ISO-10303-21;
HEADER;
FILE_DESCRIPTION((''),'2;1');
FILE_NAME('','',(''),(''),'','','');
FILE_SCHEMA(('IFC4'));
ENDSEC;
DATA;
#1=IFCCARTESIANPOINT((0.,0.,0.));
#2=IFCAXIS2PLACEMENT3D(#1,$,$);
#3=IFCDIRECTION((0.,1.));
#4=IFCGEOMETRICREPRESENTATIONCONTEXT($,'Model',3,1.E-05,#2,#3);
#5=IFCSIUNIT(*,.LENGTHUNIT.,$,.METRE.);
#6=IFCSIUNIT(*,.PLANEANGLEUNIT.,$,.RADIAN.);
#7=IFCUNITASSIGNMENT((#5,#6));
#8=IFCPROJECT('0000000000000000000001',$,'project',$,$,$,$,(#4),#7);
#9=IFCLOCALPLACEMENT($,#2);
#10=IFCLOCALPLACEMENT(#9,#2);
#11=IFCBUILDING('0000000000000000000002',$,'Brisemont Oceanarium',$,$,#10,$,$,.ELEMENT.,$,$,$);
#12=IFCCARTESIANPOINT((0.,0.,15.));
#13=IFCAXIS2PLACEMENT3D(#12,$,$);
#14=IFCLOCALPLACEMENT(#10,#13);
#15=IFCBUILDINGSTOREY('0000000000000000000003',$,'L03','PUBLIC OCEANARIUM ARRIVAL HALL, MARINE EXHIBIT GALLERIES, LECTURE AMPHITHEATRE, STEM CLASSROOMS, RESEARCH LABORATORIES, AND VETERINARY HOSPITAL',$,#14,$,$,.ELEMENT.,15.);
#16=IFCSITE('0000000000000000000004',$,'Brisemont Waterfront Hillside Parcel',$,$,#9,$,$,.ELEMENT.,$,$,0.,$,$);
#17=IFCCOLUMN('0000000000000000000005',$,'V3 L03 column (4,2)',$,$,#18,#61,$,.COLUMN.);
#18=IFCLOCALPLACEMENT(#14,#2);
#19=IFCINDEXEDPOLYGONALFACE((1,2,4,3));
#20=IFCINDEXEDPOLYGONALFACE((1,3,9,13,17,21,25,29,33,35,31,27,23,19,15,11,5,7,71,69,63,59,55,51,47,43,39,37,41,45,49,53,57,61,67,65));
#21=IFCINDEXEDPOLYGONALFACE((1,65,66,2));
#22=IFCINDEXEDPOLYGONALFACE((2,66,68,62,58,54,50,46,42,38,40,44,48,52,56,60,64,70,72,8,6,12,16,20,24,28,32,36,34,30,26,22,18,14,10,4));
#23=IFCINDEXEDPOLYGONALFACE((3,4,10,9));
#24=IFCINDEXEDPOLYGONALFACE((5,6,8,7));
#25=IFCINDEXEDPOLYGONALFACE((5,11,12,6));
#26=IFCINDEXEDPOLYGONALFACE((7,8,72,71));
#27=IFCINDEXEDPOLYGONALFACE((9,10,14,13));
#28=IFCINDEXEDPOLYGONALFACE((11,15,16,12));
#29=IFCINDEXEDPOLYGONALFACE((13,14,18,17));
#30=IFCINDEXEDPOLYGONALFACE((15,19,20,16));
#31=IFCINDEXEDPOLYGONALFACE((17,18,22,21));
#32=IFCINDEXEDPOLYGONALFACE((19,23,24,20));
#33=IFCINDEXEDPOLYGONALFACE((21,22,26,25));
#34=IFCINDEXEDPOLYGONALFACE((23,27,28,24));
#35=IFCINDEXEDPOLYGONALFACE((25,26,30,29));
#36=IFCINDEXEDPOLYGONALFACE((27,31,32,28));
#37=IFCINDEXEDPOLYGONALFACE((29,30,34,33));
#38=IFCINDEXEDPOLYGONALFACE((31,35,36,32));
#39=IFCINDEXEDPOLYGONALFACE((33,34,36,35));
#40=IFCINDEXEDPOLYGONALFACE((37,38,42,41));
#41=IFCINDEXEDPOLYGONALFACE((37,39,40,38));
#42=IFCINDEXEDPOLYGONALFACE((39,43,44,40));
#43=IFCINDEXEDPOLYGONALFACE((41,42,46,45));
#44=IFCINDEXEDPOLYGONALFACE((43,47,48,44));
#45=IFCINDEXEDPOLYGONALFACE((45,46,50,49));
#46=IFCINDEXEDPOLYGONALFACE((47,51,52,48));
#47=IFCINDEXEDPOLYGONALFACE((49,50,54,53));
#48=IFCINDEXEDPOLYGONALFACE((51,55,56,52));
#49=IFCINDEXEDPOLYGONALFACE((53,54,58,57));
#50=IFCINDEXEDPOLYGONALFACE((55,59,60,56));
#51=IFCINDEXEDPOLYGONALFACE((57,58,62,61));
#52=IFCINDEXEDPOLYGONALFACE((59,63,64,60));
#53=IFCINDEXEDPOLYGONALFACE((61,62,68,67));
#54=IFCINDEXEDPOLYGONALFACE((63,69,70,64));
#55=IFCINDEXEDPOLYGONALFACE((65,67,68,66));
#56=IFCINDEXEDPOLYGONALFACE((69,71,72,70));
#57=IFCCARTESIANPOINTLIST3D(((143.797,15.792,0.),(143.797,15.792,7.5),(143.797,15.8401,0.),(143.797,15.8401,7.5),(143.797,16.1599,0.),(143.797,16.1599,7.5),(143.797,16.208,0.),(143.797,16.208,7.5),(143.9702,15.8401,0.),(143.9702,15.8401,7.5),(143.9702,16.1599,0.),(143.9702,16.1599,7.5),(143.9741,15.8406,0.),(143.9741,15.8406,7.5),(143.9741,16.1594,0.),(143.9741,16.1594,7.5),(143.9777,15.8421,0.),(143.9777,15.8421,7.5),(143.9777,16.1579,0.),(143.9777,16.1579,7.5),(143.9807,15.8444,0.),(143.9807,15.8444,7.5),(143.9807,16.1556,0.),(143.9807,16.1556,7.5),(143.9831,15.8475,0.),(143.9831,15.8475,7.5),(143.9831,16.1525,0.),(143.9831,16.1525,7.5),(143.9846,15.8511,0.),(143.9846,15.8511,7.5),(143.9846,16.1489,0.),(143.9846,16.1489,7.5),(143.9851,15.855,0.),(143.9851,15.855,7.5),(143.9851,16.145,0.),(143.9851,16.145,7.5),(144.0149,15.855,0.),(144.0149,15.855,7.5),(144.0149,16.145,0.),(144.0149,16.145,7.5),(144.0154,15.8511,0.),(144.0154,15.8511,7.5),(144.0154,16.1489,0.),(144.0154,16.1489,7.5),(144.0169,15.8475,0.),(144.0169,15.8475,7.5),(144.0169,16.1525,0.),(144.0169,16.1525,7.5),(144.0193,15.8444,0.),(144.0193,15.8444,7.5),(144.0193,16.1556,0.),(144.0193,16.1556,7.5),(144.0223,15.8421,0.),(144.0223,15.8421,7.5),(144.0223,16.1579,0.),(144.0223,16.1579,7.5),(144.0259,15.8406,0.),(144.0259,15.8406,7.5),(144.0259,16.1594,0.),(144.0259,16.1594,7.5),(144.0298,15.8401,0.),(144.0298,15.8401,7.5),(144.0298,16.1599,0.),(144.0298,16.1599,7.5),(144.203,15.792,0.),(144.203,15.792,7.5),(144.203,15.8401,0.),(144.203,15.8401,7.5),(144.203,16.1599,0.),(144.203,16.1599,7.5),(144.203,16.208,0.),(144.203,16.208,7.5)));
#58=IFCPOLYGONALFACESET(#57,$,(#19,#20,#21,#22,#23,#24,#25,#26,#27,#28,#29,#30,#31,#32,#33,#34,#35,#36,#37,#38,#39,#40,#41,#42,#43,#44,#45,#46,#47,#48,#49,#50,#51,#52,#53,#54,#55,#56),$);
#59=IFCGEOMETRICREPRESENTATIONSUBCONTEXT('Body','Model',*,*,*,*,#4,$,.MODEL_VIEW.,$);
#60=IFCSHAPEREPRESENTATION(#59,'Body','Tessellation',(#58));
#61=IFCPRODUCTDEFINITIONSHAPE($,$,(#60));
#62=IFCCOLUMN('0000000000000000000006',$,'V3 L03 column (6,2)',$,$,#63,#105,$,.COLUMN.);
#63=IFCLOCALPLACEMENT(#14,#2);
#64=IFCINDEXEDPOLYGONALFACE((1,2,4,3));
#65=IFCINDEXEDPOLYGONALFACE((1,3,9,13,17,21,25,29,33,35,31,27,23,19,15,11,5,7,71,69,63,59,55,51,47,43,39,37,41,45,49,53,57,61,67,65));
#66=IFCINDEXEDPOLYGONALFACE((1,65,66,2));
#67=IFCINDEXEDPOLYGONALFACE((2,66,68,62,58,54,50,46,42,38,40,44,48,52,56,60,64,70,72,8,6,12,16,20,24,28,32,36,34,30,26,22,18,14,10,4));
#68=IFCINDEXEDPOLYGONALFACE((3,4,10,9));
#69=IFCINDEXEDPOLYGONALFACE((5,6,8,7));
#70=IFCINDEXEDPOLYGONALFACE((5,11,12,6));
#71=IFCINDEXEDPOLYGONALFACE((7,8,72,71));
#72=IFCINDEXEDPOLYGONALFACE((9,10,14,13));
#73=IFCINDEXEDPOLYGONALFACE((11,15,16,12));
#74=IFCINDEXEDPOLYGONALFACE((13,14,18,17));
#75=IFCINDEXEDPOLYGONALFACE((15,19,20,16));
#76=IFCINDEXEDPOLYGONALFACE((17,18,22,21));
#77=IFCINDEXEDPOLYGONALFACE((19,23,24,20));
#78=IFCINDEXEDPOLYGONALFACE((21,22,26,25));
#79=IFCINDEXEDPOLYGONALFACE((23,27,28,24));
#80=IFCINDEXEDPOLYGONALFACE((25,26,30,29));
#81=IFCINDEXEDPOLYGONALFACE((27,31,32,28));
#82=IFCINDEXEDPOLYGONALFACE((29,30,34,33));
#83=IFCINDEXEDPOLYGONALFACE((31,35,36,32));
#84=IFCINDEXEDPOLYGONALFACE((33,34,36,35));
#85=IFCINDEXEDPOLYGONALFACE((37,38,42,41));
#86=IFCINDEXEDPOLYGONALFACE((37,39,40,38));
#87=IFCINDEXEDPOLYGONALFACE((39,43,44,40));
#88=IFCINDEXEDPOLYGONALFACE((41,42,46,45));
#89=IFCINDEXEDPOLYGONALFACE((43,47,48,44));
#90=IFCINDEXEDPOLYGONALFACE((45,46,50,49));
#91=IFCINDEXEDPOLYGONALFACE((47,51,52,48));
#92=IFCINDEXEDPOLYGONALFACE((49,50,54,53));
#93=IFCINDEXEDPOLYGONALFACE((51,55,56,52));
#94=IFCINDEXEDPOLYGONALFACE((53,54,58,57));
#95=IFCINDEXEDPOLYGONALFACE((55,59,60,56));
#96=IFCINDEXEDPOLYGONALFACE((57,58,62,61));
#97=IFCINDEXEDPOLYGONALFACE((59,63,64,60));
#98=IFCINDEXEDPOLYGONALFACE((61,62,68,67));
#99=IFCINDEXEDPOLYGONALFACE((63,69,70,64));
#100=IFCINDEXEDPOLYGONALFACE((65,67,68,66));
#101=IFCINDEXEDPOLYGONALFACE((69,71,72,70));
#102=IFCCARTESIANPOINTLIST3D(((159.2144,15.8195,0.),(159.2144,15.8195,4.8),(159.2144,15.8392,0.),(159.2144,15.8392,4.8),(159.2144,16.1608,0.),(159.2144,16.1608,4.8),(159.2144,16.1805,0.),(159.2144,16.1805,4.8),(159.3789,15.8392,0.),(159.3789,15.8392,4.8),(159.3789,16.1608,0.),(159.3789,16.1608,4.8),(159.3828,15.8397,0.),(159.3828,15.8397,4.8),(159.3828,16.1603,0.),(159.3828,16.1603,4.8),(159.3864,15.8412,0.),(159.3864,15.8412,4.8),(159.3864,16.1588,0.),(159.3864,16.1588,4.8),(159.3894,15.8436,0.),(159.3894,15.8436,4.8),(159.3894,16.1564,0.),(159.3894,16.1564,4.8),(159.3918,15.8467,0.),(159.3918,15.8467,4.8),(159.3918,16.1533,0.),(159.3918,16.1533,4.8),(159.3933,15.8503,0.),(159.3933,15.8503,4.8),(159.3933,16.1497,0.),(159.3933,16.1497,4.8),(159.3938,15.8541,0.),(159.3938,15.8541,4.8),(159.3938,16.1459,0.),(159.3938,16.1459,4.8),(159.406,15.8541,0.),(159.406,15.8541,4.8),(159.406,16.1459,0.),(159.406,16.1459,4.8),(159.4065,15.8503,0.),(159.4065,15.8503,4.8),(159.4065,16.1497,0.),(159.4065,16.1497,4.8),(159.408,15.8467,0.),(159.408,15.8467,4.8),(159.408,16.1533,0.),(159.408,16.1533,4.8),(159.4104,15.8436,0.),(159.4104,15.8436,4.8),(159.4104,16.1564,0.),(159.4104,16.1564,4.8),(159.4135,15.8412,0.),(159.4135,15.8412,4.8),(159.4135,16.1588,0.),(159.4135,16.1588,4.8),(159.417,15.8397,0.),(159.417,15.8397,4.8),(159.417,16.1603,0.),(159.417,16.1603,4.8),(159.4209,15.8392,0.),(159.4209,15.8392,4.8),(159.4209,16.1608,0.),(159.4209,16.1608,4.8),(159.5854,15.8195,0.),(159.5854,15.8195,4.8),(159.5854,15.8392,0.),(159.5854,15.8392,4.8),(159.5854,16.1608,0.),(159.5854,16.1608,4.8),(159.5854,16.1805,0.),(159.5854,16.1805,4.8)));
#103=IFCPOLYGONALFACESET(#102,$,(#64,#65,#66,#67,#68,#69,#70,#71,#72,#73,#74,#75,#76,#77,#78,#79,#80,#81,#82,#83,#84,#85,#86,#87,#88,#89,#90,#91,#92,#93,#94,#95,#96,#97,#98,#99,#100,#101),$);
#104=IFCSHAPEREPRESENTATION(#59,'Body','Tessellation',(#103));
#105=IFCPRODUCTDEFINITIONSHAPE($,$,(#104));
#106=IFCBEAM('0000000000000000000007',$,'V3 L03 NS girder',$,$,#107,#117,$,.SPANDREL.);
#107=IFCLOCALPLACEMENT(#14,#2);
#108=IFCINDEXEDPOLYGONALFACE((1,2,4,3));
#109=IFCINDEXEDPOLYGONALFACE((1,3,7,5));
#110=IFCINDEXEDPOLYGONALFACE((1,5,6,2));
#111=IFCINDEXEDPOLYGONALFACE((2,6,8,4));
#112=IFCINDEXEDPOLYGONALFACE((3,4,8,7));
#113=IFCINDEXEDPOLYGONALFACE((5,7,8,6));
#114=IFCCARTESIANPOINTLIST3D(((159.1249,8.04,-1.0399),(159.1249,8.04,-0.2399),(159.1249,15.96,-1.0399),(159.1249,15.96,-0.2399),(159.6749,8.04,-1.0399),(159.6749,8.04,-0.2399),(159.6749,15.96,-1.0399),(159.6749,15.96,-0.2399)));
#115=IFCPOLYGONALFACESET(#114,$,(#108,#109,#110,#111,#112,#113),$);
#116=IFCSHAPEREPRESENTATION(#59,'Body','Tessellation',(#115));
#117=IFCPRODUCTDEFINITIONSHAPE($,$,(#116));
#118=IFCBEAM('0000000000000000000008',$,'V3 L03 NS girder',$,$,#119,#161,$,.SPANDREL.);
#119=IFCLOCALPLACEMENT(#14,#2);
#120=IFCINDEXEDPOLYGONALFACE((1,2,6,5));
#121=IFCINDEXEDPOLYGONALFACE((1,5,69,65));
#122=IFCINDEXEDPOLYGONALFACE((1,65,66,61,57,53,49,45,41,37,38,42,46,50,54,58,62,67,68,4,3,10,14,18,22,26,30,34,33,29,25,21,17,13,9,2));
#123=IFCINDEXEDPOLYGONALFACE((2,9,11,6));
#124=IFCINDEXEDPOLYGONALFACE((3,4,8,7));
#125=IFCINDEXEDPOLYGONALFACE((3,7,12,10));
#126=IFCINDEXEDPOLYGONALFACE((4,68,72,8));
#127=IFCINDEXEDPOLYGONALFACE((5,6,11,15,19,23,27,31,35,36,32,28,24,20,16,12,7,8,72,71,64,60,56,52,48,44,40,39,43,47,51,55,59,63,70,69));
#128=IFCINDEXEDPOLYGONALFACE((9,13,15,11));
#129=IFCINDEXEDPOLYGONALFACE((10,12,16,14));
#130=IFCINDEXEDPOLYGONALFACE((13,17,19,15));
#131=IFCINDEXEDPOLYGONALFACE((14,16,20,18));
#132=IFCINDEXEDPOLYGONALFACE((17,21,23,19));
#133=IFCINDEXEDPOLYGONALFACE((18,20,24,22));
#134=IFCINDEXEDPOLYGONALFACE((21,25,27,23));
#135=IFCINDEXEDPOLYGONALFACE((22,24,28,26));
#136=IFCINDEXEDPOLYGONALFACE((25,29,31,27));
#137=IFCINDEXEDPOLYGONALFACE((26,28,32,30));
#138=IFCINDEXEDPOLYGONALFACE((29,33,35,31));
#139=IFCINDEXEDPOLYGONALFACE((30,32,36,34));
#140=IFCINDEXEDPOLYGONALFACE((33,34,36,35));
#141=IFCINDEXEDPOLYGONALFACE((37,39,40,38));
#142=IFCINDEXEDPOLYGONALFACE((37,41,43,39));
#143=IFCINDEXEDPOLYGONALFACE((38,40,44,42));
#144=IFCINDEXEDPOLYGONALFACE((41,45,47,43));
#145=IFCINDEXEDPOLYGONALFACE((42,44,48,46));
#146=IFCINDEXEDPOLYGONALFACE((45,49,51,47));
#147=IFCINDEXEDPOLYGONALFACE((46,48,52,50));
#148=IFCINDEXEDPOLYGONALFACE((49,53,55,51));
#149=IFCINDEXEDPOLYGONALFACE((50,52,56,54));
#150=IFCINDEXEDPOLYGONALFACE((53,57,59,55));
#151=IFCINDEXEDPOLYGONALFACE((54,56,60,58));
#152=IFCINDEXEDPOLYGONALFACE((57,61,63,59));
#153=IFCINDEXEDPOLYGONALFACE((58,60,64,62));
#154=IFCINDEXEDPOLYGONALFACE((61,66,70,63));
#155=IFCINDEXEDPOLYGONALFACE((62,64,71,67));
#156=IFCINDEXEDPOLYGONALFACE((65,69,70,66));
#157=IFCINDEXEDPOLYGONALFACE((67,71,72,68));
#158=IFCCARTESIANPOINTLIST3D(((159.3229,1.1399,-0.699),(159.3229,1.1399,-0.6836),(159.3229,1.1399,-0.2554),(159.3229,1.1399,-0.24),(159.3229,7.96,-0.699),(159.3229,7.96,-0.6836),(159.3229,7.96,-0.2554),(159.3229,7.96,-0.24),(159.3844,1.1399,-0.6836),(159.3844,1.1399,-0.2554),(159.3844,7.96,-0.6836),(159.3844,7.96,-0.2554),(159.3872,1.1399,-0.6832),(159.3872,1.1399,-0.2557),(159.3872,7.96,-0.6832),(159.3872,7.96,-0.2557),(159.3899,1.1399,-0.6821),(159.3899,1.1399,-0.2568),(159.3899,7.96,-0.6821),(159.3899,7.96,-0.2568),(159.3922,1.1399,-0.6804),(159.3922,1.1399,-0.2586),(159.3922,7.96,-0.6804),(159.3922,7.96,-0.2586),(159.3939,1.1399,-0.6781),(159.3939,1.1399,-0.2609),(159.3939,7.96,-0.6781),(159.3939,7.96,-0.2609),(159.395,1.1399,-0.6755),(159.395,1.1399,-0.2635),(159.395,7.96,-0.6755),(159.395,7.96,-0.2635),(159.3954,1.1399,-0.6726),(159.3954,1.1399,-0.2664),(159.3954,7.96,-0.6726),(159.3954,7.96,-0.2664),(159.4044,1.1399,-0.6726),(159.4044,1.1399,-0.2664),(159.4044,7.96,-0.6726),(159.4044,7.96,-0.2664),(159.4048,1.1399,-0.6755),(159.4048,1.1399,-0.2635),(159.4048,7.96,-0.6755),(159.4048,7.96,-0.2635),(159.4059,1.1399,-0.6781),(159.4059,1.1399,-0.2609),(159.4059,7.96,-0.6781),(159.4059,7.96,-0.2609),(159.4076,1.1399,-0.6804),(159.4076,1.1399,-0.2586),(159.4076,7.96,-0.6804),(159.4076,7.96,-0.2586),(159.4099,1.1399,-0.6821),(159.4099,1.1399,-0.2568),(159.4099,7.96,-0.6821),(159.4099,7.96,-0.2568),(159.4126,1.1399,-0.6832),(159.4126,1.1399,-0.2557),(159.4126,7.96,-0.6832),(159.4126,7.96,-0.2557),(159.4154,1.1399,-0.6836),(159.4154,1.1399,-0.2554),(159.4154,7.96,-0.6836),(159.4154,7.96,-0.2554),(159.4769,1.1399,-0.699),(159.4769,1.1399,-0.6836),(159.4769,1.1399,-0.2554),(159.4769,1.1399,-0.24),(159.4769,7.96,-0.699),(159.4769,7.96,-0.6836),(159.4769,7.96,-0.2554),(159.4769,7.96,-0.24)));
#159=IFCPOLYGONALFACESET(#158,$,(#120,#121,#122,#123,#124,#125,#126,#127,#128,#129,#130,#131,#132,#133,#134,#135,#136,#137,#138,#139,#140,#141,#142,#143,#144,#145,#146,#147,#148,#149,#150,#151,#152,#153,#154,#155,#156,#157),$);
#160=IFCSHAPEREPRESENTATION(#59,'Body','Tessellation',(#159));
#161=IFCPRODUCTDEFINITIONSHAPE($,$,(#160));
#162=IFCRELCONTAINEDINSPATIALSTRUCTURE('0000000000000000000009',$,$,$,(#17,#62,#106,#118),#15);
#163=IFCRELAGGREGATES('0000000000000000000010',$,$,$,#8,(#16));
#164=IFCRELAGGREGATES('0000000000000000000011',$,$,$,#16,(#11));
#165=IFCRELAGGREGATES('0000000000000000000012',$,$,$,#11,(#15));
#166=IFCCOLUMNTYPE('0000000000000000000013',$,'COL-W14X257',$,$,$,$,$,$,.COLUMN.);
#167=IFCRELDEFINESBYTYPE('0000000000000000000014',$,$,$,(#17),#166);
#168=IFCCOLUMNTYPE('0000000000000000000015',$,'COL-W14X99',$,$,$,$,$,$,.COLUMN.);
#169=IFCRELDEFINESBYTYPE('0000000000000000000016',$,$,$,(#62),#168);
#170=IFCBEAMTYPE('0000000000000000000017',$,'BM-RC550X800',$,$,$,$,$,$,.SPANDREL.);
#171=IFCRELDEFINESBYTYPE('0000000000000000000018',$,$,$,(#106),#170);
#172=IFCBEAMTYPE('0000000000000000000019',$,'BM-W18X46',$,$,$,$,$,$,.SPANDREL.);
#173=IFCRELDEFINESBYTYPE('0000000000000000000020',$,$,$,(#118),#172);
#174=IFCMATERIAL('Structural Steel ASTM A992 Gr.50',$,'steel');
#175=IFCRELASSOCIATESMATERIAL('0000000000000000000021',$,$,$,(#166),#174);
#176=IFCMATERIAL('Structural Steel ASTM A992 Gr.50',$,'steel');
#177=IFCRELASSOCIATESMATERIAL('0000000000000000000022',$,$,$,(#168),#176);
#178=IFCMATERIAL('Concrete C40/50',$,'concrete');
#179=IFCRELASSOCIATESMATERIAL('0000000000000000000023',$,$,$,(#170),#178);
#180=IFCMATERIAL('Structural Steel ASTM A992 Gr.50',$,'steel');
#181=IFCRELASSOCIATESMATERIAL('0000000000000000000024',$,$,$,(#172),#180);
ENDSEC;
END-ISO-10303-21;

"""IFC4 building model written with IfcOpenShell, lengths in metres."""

from ifc_helpers import new_model, si_unit, direction, frame, origin, origin_2d, place, context, subcontext, project, spatial, rectangle, i_section, extrude, material, material_profile, profile_set, type_object, element, save


model = new_model("IFC4")

# Units and contexts
model_context = context("Model", 3, precision=1e-05, world=origin(), true_north=direction((0.0, 1.0)))
body_context = subcontext(model_context, "Body", "Model", "MODEL_VIEW")
ifc_project = project(units=[si_unit("LENGTHUNIT", "METRE"), si_unit("PLANEANGLEUNIT", "RADIAN")], contexts=[model_context])

# Site, building, storey
site_placement = place(None, origin())
site = spatial("IfcSite", under=ifc_project, at=site_placement, Name="Brisemont Waterfront Hillside Parcel", CompositionType="ELEMENT", RefElevation=0.0)
building_placement = place(site_placement, origin())
building = spatial("IfcBuilding", under=site, at=building_placement, Name="Brisemont Oceanarium", CompositionType="ELEMENT")
storey_placement = place(building_placement, frame((0.0, 0.0, 15.0)))
storey = spatial("IfcBuildingStorey", under=building, at=storey_placement, Name="L03", Description="PUBLIC OCEANARIUM ARRIVAL HALL, MARINE EXHIBIT GALLERIES, LECTURE AMPHITHEATRE, STEM CLASSROOMS, RESEARCH LABORATORIES, AND VETERINARY HOSPITAL", CompositionType="ELEMENT", Elevation=15.0)

# Columns
ifc_material_1 = material(Name="Structural Steel ASTM A992 Gr.50", Category="steel")
ifc_material_profile_1 = material_profile(ifc_material_1, i_section(OverallWidth=0.406, OverallDepth=0.416, WebThickness=0.0298, FlangeThickness=0.0481, FilletRadius=0.0149, at=origin_2d()), Name="W14X257")
ifc_profile_set_1 = profile_set([ifc_material_profile_1], Name="Structural Steel ASTM A992 Gr.50")
column_type_1 = type_object("IfcColumnType", Name="COL-W14X257", PredefinedType="COLUMN", material=ifc_profile_set_1)
column_1_placement = place(storey_placement, frame((144.0, 16.0, 0.0), z_axis=(0.0, 0.0, 1.0), x_axis=(1.0, 0.0, 0.0)))
element("IfcColumn", 1, at=column_1_placement, inside=storey, type_object=column_type_1, Name="V3 L03 column (4,2)", PredefinedType="COLUMN", context=body_context, shape_type="SweptSolid", body=[
    extrude(i_section(OverallWidth=0.406, OverallDepth=0.416, WebThickness=0.0298, FlangeThickness=0.0481, FilletRadius=0.0149, at=origin_2d()), origin(), (0.0, 0.0, 1.0), 7.5),
])
ifc_material_2 = material(Name="Structural Steel ASTM A992 Gr.50", Category="steel")
ifc_material_profile_2 = material_profile(ifc_material_2, i_section(OverallWidth=0.3711, OverallDepth=0.3611, WebThickness=0.0122, FlangeThickness=0.0198, FilletRadius=0.0149, at=origin_2d()), Name="W14X99")
ifc_profile_set_2 = profile_set([ifc_material_profile_2], Name="Structural Steel ASTM A992 Gr.50")
column_type_2 = type_object("IfcColumnType", Name="COL-W14X99", PredefinedType="COLUMN", material=ifc_profile_set_2)
column_2_placement = place(storey_placement, frame((159.3999, 16.0, 0.0), z_axis=(0.0, 0.0, 1.0), x_axis=(1.0, 0.0, 0.0)))
element("IfcColumn", 2, at=column_2_placement, inside=storey, type_object=column_type_2, Name="V3 L03 column (6,2)", PredefinedType="COLUMN", context=body_context, shape_type="SweptSolid", body=[
    extrude(i_section(OverallWidth=0.3711, OverallDepth=0.3611, WebThickness=0.0122, FlangeThickness=0.0198, FilletRadius=0.0149, at=origin_2d()), origin(), (0.0, 0.0, 1.0), 4.8),
])

# Beams
ifc_material_3 = material(Name="Concrete C40/50", Category="concrete")
ifc_material_profile_3 = material_profile(ifc_material_3, rectangle(XDim=0.55, YDim=0.8, at=origin_2d()), Name="RC-BM-550X800")
ifc_profile_set_3 = profile_set([ifc_material_profile_3], Name="Concrete C40/50")
beam_type_1 = type_object("IfcBeamType", Name="BM-RC550X800", PredefinedType="SPANDREL", material=ifc_profile_set_3)
beam_1_placement = place(storey_placement, frame((159.3999, 8.04, -0.6399), z_axis=(0.0, 1.0, 0.0), x_axis=(-1.0, 0.0, 0.0)))
element("IfcBeam", 3, at=beam_1_placement, inside=storey, type_object=beam_type_1, Name="V3 L03 NS girder", PredefinedType="SPANDREL", context=body_context, shape_type="SweptSolid", body=[
    extrude(rectangle(XDim=0.55, YDim=0.8, at=origin_2d()), origin(), (0.0, 0.0, 1.0), 7.9199),
])
ifc_material_4 = material(Name="Structural Steel ASTM A992 Gr.50", Category="steel")
ifc_material_profile_4 = material_profile(ifc_material_4, i_section(OverallWidth=0.1541, OverallDepth=0.459, WebThickness=0.009, FlangeThickness=0.0154, FilletRadius=0.011, at=origin_2d()), Name="W18X46")
ifc_profile_set_4 = profile_set([ifc_material_profile_4], Name="Structural Steel ASTM A992 Gr.50")
beam_type_2 = type_object("IfcBeamType", Name="BM-W18X46", PredefinedType="SPANDREL", material=ifc_profile_set_4)
beam_2_placement = place(storey_placement, frame((159.3999, 1.1399, -0.4695), z_axis=(0.0, 1.0, 0.0), x_axis=(-1.0, 0.0, 0.0)))
element("IfcBeam", 4, at=beam_2_placement, inside=storey, type_object=beam_type_2, Name="V3 L03 NS girder", PredefinedType="SPANDREL", context=body_context, shape_type="SweptSolid", body=[
    extrude(i_section(OverallWidth=0.1541, OverallDepth=0.459, WebThickness=0.009, FlangeThickness=0.0154, FilletRadius=0.011, at=origin_2d()), origin(), (0.0, 0.0, 1.0), 6.8201),
])

save(model, "model.ifc")
